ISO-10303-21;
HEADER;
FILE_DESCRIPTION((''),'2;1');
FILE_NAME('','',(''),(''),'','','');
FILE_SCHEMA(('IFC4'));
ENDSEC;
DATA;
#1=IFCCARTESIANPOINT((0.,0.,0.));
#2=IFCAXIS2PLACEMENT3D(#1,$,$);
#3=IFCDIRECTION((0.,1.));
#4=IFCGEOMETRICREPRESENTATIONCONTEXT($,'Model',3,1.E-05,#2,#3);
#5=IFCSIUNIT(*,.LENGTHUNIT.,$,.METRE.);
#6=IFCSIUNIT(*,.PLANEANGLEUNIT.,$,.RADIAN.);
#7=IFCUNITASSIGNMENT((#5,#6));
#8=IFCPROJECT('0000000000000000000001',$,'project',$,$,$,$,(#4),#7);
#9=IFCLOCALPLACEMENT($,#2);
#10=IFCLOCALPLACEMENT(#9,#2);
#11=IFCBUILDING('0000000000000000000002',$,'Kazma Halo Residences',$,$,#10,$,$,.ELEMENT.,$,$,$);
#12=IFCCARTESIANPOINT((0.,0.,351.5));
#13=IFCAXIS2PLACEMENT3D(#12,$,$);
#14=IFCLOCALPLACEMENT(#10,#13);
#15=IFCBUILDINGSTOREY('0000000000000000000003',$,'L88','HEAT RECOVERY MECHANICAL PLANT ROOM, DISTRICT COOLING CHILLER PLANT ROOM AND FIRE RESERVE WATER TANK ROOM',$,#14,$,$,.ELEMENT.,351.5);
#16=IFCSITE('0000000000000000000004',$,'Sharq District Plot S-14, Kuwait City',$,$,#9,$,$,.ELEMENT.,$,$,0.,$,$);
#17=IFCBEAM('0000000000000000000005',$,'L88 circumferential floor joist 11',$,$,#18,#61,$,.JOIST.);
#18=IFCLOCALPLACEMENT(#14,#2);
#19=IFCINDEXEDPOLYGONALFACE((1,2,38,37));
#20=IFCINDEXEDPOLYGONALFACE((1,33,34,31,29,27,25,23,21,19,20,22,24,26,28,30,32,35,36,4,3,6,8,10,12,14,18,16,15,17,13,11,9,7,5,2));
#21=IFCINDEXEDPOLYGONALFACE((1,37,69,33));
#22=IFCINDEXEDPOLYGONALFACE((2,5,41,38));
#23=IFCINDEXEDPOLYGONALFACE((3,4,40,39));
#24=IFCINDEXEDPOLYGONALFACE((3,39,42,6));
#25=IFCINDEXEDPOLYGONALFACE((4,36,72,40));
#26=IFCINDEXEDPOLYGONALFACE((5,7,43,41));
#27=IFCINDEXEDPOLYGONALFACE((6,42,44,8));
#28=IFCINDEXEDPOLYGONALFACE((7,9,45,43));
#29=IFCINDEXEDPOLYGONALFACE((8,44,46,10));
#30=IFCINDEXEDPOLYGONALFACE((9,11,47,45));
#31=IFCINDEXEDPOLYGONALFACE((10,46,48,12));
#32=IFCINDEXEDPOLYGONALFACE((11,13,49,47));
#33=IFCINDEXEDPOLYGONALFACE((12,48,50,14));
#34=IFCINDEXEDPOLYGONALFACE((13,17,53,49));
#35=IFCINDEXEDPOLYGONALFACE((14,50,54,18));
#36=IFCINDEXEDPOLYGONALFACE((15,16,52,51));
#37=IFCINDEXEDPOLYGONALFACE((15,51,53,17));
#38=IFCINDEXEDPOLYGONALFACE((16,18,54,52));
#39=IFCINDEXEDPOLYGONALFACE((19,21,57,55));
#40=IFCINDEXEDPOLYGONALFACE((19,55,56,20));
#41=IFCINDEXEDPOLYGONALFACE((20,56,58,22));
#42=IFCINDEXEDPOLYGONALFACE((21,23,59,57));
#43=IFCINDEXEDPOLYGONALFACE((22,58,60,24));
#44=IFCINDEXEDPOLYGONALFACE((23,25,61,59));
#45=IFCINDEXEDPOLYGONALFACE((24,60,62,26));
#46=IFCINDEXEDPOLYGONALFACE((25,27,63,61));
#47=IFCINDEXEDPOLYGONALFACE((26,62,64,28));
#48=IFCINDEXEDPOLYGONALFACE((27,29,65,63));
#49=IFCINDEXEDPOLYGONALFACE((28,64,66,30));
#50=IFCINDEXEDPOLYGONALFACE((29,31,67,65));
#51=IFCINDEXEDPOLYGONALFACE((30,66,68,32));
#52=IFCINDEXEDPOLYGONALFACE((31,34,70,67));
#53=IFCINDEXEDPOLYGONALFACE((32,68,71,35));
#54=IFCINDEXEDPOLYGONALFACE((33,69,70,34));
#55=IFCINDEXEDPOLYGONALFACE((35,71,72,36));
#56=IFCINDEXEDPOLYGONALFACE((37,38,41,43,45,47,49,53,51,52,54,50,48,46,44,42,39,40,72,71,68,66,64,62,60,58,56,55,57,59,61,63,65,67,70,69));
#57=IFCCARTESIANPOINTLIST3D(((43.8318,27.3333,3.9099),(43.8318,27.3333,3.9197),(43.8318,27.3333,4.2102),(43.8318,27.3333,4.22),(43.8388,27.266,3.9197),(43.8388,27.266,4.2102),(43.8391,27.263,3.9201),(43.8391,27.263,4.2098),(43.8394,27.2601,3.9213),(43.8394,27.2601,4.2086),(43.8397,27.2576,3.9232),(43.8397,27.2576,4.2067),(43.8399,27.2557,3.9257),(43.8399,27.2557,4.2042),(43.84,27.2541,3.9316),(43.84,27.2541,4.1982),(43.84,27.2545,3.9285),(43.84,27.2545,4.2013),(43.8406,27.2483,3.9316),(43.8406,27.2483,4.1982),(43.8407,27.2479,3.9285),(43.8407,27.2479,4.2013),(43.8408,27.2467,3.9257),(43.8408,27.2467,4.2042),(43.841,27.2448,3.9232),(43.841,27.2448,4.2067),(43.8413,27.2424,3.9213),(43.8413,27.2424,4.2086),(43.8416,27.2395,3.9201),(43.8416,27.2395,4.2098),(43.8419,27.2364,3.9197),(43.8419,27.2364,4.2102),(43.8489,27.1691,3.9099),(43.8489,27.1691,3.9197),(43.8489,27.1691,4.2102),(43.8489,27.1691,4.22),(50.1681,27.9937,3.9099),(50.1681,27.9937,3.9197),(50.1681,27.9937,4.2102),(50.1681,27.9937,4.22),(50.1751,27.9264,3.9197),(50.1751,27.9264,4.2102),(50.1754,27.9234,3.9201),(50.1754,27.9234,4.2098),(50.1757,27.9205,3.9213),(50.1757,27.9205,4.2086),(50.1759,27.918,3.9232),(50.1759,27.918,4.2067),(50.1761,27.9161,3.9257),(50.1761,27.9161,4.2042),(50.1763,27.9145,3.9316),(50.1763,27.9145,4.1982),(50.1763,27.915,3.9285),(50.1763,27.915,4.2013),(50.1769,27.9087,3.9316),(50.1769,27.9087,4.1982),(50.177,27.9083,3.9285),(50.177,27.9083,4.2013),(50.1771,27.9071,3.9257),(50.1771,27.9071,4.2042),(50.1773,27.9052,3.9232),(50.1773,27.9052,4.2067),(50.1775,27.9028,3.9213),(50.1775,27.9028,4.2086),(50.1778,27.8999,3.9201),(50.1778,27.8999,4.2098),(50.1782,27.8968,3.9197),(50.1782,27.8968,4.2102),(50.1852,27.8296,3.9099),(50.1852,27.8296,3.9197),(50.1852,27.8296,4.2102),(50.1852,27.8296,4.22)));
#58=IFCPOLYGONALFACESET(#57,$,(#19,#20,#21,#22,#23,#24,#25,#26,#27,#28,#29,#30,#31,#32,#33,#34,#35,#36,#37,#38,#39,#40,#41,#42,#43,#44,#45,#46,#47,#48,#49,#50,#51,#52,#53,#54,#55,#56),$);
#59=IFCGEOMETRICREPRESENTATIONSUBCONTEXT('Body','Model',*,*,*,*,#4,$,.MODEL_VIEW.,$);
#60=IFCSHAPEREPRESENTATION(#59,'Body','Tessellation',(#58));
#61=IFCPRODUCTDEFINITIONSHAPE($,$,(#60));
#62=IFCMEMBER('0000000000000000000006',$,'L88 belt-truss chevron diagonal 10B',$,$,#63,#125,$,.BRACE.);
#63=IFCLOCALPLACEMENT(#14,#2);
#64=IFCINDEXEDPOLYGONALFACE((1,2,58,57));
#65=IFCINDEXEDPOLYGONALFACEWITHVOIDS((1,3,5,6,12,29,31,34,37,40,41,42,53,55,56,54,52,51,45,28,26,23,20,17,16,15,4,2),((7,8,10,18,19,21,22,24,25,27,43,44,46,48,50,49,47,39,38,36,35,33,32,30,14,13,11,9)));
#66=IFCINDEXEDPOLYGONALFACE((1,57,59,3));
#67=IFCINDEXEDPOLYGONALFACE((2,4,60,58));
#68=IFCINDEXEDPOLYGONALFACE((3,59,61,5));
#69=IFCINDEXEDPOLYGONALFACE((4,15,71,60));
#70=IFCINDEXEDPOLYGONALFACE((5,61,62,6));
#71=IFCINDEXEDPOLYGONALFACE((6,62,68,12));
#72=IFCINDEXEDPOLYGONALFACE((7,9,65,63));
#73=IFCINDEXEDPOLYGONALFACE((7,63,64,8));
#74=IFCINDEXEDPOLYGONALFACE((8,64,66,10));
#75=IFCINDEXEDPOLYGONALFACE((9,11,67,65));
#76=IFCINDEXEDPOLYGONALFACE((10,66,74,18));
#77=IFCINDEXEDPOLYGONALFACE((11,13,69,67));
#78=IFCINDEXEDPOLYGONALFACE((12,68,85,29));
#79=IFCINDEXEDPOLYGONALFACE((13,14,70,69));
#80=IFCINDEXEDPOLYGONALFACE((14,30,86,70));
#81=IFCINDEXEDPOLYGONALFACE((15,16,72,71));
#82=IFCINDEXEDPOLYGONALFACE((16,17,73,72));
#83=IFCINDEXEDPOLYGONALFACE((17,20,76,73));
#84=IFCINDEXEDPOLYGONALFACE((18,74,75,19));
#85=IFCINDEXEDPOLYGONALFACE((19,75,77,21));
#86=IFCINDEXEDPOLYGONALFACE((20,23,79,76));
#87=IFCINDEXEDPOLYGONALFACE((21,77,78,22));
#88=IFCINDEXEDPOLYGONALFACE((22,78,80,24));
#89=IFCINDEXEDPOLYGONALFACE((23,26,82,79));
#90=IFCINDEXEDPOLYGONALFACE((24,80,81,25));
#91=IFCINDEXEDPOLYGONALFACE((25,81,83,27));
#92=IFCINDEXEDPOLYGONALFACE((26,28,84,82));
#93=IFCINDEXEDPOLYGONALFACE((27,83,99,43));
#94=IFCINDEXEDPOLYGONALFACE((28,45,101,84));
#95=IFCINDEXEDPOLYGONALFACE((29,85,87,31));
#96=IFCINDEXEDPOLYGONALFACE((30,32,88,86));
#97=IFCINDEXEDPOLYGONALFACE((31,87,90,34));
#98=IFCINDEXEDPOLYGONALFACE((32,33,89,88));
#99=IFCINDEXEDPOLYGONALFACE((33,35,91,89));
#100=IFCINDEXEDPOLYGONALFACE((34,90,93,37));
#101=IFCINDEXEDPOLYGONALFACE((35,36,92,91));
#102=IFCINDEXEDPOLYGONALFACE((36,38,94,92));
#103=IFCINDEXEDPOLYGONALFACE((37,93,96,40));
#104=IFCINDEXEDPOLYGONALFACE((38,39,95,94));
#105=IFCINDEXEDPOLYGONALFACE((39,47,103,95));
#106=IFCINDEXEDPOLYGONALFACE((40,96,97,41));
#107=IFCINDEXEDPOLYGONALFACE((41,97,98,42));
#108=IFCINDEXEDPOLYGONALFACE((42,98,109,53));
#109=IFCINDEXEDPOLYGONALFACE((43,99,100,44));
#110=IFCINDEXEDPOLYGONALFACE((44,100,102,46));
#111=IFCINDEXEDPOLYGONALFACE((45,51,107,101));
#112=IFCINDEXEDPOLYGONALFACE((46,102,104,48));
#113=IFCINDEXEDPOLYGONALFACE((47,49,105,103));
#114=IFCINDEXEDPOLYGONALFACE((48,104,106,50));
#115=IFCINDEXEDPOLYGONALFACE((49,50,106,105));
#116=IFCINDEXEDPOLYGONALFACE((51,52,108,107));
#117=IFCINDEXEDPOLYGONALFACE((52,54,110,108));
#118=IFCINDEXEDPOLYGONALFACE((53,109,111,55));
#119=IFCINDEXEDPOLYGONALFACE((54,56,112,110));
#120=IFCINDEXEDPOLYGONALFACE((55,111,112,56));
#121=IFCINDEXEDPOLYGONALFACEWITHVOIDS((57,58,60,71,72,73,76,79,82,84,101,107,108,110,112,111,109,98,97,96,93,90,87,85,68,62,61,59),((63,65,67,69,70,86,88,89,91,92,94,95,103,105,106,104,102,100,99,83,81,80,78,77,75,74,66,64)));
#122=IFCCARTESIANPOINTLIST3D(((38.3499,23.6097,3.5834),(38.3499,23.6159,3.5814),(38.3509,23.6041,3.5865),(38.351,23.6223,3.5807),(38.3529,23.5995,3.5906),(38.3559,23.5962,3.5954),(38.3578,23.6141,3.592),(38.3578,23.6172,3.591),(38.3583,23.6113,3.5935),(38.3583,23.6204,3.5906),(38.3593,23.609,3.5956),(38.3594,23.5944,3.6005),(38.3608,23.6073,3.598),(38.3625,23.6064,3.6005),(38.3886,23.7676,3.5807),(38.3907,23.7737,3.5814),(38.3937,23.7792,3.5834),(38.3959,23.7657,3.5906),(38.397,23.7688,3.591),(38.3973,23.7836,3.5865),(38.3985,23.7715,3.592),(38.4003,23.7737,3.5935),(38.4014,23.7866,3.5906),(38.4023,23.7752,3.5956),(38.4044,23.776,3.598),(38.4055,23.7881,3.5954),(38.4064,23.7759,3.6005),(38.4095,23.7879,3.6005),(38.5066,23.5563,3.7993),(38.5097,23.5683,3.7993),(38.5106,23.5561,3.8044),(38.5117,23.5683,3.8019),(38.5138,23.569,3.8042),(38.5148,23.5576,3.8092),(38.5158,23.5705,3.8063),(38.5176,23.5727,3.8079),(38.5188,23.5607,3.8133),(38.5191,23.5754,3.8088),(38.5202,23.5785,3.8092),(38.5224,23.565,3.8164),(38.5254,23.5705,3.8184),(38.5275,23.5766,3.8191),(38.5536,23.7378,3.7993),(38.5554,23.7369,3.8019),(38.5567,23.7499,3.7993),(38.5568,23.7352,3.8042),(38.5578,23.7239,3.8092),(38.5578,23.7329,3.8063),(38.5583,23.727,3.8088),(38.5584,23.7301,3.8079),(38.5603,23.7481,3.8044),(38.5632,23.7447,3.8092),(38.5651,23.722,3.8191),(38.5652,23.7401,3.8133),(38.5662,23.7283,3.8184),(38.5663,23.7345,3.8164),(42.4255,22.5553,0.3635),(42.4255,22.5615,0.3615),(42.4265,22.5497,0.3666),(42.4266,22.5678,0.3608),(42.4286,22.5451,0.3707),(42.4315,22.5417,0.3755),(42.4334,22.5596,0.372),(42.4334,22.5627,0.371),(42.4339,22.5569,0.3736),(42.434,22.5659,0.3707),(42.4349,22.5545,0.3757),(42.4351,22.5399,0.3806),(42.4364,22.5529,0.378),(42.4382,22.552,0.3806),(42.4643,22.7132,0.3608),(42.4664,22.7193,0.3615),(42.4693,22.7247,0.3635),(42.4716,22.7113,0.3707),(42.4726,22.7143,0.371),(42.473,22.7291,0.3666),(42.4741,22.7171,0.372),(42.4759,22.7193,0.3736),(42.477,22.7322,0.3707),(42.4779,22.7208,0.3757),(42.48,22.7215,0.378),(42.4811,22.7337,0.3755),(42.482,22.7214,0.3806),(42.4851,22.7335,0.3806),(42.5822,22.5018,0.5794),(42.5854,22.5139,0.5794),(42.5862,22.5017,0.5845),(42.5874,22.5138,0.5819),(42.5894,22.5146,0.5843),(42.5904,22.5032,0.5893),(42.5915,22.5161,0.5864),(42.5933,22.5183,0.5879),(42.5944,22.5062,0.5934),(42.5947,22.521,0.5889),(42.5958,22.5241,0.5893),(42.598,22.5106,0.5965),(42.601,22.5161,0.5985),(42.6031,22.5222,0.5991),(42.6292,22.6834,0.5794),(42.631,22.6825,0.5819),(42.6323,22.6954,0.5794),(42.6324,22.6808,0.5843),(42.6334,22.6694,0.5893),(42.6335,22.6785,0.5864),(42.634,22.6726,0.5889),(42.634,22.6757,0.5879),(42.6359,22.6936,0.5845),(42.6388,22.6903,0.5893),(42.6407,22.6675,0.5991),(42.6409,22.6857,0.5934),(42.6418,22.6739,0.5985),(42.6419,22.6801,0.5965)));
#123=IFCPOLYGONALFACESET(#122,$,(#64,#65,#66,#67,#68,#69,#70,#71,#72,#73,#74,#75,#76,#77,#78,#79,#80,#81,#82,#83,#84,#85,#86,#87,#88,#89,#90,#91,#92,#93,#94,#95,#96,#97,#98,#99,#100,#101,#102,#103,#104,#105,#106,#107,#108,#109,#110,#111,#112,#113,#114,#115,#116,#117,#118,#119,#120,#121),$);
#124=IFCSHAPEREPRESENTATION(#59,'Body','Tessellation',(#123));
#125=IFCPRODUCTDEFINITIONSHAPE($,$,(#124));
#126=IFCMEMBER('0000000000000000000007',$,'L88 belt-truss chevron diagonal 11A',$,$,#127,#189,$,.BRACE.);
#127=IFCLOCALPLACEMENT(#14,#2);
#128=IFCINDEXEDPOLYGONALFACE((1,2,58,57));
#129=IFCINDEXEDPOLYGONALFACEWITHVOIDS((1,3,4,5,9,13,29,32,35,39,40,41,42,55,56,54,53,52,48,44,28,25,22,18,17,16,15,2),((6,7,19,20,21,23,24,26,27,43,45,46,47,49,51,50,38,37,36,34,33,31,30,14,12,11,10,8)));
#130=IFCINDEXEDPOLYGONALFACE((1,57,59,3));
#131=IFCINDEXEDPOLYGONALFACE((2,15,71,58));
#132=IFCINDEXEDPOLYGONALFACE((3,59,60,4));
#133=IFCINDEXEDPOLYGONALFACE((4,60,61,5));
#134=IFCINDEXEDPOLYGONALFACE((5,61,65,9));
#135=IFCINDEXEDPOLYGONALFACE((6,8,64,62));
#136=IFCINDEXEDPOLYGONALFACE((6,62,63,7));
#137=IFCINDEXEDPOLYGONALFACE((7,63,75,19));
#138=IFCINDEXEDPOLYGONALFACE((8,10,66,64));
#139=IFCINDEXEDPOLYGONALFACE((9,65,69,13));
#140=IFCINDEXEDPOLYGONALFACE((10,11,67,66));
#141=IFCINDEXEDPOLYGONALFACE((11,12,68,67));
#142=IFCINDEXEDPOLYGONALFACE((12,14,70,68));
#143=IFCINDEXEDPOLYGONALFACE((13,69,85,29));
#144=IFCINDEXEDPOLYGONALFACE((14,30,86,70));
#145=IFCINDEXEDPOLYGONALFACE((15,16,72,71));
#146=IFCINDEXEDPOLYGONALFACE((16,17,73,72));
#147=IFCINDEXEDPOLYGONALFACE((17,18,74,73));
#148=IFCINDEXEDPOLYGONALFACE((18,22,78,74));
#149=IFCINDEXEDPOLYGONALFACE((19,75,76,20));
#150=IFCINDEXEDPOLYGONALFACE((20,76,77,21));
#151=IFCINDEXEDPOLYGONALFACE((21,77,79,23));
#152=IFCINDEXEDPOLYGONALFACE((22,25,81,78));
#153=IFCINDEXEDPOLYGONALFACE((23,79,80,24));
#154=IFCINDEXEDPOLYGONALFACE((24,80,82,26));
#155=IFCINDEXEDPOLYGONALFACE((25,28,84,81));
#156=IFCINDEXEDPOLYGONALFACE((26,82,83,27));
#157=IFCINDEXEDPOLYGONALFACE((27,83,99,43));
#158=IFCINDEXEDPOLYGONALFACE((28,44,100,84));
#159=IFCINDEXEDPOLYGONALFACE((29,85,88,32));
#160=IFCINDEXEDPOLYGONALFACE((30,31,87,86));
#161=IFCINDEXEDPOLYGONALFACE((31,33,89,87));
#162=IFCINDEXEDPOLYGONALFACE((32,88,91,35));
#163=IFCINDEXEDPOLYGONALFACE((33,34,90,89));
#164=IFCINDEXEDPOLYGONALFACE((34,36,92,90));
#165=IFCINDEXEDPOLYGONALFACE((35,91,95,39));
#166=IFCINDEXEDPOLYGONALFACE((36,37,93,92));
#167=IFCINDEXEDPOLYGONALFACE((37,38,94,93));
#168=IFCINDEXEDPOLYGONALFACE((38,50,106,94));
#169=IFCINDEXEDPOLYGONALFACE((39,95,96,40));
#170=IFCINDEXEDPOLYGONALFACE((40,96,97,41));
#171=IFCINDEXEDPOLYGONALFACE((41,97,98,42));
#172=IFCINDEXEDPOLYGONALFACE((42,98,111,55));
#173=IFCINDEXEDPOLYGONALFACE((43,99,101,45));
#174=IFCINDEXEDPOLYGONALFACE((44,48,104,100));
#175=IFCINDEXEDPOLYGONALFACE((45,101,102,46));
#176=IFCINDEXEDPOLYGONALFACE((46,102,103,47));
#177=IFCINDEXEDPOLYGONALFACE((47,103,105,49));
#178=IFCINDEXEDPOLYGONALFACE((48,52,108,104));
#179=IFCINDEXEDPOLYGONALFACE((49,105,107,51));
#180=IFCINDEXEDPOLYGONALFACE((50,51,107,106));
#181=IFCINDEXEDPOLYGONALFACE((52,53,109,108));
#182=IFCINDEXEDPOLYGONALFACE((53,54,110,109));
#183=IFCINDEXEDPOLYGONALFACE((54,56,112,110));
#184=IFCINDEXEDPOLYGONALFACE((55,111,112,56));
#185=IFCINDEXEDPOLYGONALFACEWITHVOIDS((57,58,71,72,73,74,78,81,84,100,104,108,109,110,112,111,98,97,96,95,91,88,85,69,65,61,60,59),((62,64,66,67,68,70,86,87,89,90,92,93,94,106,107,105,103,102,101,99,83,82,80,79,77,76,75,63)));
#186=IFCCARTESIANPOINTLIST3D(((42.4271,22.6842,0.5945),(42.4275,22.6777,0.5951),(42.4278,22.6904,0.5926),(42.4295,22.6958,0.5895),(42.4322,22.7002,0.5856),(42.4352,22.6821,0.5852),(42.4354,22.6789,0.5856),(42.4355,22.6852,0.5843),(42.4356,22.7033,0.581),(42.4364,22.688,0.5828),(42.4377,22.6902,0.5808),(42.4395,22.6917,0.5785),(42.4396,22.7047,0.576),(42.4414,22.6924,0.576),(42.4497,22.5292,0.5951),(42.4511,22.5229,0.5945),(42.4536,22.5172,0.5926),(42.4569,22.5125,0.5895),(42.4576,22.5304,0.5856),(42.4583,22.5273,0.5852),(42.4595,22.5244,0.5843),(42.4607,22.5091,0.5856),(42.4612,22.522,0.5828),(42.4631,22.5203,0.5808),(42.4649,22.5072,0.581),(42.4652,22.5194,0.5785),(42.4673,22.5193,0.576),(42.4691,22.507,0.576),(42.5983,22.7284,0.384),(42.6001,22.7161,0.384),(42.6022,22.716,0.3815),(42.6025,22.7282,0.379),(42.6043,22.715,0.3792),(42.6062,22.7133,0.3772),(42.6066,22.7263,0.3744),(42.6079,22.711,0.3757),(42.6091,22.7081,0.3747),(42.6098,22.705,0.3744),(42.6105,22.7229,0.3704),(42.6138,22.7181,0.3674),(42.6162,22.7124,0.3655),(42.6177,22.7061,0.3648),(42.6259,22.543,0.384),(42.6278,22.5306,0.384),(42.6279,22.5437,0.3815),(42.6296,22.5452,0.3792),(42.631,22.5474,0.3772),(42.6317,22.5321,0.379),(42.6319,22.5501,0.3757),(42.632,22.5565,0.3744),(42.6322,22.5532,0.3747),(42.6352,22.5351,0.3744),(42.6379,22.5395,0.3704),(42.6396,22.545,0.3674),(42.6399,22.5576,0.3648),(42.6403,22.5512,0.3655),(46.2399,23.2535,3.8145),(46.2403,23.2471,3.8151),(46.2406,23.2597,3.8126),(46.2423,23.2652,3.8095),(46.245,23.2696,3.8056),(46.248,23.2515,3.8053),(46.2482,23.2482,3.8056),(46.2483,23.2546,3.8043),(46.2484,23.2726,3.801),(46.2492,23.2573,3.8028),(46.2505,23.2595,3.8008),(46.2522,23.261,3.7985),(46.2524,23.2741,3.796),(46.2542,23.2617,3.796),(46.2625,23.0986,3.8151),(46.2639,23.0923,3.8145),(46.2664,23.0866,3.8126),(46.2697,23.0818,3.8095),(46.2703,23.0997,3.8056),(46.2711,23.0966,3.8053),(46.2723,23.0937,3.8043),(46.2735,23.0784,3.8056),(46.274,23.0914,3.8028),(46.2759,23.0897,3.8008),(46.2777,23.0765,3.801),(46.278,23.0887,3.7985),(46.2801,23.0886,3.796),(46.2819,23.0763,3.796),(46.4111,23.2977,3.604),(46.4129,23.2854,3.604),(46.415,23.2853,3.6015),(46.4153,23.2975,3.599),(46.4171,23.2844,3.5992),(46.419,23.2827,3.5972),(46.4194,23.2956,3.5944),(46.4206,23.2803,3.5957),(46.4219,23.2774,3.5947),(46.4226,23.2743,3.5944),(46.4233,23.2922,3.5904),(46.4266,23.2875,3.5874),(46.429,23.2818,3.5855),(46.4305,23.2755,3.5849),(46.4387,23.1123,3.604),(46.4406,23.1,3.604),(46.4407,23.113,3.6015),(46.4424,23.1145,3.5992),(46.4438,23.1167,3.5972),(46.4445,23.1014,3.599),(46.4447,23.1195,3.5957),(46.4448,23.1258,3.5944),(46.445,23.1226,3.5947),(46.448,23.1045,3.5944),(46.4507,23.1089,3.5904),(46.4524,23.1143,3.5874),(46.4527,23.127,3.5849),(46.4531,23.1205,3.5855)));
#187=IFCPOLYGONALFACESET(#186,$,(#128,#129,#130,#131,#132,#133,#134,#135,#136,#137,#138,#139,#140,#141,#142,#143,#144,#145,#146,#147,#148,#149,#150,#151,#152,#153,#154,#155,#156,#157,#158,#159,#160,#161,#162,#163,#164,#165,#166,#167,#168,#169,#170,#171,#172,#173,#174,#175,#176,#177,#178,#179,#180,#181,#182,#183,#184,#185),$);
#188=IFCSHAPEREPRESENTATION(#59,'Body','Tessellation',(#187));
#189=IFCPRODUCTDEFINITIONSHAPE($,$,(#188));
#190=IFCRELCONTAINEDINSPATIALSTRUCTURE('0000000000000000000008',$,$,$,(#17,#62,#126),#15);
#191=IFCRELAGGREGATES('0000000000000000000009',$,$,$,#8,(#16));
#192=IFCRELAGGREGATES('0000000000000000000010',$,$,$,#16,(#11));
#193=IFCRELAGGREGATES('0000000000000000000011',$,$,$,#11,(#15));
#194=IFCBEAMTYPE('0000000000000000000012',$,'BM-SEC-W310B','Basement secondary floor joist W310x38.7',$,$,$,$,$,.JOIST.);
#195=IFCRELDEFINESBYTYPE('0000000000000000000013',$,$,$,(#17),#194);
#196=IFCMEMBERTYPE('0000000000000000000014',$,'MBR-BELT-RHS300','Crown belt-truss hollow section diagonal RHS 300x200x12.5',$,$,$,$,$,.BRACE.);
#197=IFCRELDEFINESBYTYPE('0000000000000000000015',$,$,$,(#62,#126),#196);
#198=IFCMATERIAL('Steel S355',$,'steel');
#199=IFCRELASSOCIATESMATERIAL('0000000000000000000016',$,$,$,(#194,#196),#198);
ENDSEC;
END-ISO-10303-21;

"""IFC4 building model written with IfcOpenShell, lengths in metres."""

from ifc_helpers import new_model, si_unit, direction, frame, origin, origin_2d, place, context, subcontext, project, spatial, hollow_rectangle, i_section, extrude, material, material_profile, profile_set, type_object, element, save


model = new_model("IFC4")

# Units and contexts
model_context = context("Model", 3, precision=1e-05, world=origin(), true_north=direction((0.0, 1.0)))
body_context = subcontext(model_context, "Body", "Model", "MODEL_VIEW")
ifc_project = project(units=[si_unit("LENGTHUNIT", "METRE"), si_unit("PLANEANGLEUNIT", "RADIAN")], contexts=[model_context])

# Site, building, storey
site_placement = place(None, origin())
site = spatial("IfcSite", under=ifc_project, at=site_placement, Name="Sharq District Plot S-14, Kuwait City", CompositionType="ELEMENT", RefElevation=0.0)
building_placement = place(site_placement, origin())
building = spatial("IfcBuilding", under=site, at=building_placement, Name="Kazma Halo Residences", CompositionType="ELEMENT")
storey_placement = place(building_placement, frame((0.0, 0.0, 351.5)))
storey = spatial("IfcBuildingStorey", under=building, at=storey_placement, Name="L88", Description="HEAT RECOVERY MECHANICAL PLANT ROOM, DISTRICT COOLING CHILLER PLANT ROOM AND FIRE RESERVE WATER TANK ROOM", CompositionType="ELEMENT", Elevation=351.5)

# Shared definitions
ifc_material_1 = material(Name="Steel S355", Category="steel")

# Beam
ifc_material_profile_1 = material_profile(ifc_material_1, i_section(OverallWidth=0.165, OverallDepth=0.3101, WebThickness=0.0059, FlangeThickness=0.0098, FilletRadius=0.012, at=origin_2d()), Name="W310x38.7")
ifc_profile_set_1 = profile_set([ifc_material_profile_1], Name="Steel S355")
beam_type_1 = type_object("IfcBeamType", Name="BM-SEC-W310B", Description="Basement secondary floor joist W310x38.7", PredefinedType="JOIST", material=ifc_profile_set_1)
beam_1_placement = place(storey_placement, frame((43.8403, 27.2512, 4.0649), z_axis=(0.994612, 0.103665, 0.0), x_axis=(-0.103665, 0.994612, 0.0)))
element("IfcBeam", 1, at=beam_1_placement, inside=storey, type_object=beam_type_1, Name="L88 circumferential floor joist 11", PredefinedType="JOIST", context=body_context, shape_type="SweptSolid", body=[
    extrude(i_section(OverallWidth=0.165, OverallDepth=0.3101, WebThickness=0.0059, FlangeThickness=0.0098, FilletRadius=0.012, at=origin_2d()), origin(), (0.0, 0.0, 1.0), 6.3706),
])

# Members
ifc_material_profile_2 = material_profile(ifc_material_1, hollow_rectangle(XDim=0.2, YDim=0.3, WallThickness=0.0125, InnerFilletRadius=0.0125, OuterFilletRadius=0.0249, at=origin_2d()), Name="RHS300x200x12.5")
ifc_profile_set_2 = profile_set([ifc_material_profile_2], Name="Steel S355")
member_type_1 = type_object("IfcMemberType", Name="MBR-BELT-RHS300", Description="Crown belt-truss hollow section diagonal RHS 300x200x12.5", PredefinedType="BRACE", material=ifc_profile_set_2)
member_1_placement = place(storey_placement, frame((42.5337, 22.6177, 0.48), z_axis=(-0.76898, 0.198947, 0.607528), x_axis=(-0.250469, -0.968125, 0.0)))
element("IfcMember", 2, at=member_1_placement, inside=storey, type_object=member_type_1, Name="L88 belt-truss chevron diagonal 10B", PredefinedType="BRACE", context=body_context, shape_type="SweptSolid", body=[
    extrude(hollow_rectangle(XDim=0.2, YDim=0.3, WallThickness=0.0125, InnerFilletRadius=0.0125, OuterFilletRadius=0.0249, at=origin_2d()), origin(), (0.0, 0.0, 1.0), 5.3),
])
member_2_placement = place(storey_placement, frame((42.5337, 22.6177, 0.48), z_axis=(0.759075, 0.113348, 0.64106), x_axis=(-0.147687, 0.989034, 0.0)))
element("IfcMember", 3, at=member_2_placement, inside=storey, type_object=member_type_1, Name="L88 belt-truss chevron diagonal 11A", PredefinedType="BRACE", context=body_context, shape_type="SweptSolid", body=[
    extrude(hollow_rectangle(XDim=0.2, YDim=0.3, WallThickness=0.0125, InnerFilletRadius=0.0125, OuterFilletRadius=0.0249, at=origin_2d()), origin(), (0.0, 0.0, 1.0), 5.0229),
])

save(model, "model.ifc")
